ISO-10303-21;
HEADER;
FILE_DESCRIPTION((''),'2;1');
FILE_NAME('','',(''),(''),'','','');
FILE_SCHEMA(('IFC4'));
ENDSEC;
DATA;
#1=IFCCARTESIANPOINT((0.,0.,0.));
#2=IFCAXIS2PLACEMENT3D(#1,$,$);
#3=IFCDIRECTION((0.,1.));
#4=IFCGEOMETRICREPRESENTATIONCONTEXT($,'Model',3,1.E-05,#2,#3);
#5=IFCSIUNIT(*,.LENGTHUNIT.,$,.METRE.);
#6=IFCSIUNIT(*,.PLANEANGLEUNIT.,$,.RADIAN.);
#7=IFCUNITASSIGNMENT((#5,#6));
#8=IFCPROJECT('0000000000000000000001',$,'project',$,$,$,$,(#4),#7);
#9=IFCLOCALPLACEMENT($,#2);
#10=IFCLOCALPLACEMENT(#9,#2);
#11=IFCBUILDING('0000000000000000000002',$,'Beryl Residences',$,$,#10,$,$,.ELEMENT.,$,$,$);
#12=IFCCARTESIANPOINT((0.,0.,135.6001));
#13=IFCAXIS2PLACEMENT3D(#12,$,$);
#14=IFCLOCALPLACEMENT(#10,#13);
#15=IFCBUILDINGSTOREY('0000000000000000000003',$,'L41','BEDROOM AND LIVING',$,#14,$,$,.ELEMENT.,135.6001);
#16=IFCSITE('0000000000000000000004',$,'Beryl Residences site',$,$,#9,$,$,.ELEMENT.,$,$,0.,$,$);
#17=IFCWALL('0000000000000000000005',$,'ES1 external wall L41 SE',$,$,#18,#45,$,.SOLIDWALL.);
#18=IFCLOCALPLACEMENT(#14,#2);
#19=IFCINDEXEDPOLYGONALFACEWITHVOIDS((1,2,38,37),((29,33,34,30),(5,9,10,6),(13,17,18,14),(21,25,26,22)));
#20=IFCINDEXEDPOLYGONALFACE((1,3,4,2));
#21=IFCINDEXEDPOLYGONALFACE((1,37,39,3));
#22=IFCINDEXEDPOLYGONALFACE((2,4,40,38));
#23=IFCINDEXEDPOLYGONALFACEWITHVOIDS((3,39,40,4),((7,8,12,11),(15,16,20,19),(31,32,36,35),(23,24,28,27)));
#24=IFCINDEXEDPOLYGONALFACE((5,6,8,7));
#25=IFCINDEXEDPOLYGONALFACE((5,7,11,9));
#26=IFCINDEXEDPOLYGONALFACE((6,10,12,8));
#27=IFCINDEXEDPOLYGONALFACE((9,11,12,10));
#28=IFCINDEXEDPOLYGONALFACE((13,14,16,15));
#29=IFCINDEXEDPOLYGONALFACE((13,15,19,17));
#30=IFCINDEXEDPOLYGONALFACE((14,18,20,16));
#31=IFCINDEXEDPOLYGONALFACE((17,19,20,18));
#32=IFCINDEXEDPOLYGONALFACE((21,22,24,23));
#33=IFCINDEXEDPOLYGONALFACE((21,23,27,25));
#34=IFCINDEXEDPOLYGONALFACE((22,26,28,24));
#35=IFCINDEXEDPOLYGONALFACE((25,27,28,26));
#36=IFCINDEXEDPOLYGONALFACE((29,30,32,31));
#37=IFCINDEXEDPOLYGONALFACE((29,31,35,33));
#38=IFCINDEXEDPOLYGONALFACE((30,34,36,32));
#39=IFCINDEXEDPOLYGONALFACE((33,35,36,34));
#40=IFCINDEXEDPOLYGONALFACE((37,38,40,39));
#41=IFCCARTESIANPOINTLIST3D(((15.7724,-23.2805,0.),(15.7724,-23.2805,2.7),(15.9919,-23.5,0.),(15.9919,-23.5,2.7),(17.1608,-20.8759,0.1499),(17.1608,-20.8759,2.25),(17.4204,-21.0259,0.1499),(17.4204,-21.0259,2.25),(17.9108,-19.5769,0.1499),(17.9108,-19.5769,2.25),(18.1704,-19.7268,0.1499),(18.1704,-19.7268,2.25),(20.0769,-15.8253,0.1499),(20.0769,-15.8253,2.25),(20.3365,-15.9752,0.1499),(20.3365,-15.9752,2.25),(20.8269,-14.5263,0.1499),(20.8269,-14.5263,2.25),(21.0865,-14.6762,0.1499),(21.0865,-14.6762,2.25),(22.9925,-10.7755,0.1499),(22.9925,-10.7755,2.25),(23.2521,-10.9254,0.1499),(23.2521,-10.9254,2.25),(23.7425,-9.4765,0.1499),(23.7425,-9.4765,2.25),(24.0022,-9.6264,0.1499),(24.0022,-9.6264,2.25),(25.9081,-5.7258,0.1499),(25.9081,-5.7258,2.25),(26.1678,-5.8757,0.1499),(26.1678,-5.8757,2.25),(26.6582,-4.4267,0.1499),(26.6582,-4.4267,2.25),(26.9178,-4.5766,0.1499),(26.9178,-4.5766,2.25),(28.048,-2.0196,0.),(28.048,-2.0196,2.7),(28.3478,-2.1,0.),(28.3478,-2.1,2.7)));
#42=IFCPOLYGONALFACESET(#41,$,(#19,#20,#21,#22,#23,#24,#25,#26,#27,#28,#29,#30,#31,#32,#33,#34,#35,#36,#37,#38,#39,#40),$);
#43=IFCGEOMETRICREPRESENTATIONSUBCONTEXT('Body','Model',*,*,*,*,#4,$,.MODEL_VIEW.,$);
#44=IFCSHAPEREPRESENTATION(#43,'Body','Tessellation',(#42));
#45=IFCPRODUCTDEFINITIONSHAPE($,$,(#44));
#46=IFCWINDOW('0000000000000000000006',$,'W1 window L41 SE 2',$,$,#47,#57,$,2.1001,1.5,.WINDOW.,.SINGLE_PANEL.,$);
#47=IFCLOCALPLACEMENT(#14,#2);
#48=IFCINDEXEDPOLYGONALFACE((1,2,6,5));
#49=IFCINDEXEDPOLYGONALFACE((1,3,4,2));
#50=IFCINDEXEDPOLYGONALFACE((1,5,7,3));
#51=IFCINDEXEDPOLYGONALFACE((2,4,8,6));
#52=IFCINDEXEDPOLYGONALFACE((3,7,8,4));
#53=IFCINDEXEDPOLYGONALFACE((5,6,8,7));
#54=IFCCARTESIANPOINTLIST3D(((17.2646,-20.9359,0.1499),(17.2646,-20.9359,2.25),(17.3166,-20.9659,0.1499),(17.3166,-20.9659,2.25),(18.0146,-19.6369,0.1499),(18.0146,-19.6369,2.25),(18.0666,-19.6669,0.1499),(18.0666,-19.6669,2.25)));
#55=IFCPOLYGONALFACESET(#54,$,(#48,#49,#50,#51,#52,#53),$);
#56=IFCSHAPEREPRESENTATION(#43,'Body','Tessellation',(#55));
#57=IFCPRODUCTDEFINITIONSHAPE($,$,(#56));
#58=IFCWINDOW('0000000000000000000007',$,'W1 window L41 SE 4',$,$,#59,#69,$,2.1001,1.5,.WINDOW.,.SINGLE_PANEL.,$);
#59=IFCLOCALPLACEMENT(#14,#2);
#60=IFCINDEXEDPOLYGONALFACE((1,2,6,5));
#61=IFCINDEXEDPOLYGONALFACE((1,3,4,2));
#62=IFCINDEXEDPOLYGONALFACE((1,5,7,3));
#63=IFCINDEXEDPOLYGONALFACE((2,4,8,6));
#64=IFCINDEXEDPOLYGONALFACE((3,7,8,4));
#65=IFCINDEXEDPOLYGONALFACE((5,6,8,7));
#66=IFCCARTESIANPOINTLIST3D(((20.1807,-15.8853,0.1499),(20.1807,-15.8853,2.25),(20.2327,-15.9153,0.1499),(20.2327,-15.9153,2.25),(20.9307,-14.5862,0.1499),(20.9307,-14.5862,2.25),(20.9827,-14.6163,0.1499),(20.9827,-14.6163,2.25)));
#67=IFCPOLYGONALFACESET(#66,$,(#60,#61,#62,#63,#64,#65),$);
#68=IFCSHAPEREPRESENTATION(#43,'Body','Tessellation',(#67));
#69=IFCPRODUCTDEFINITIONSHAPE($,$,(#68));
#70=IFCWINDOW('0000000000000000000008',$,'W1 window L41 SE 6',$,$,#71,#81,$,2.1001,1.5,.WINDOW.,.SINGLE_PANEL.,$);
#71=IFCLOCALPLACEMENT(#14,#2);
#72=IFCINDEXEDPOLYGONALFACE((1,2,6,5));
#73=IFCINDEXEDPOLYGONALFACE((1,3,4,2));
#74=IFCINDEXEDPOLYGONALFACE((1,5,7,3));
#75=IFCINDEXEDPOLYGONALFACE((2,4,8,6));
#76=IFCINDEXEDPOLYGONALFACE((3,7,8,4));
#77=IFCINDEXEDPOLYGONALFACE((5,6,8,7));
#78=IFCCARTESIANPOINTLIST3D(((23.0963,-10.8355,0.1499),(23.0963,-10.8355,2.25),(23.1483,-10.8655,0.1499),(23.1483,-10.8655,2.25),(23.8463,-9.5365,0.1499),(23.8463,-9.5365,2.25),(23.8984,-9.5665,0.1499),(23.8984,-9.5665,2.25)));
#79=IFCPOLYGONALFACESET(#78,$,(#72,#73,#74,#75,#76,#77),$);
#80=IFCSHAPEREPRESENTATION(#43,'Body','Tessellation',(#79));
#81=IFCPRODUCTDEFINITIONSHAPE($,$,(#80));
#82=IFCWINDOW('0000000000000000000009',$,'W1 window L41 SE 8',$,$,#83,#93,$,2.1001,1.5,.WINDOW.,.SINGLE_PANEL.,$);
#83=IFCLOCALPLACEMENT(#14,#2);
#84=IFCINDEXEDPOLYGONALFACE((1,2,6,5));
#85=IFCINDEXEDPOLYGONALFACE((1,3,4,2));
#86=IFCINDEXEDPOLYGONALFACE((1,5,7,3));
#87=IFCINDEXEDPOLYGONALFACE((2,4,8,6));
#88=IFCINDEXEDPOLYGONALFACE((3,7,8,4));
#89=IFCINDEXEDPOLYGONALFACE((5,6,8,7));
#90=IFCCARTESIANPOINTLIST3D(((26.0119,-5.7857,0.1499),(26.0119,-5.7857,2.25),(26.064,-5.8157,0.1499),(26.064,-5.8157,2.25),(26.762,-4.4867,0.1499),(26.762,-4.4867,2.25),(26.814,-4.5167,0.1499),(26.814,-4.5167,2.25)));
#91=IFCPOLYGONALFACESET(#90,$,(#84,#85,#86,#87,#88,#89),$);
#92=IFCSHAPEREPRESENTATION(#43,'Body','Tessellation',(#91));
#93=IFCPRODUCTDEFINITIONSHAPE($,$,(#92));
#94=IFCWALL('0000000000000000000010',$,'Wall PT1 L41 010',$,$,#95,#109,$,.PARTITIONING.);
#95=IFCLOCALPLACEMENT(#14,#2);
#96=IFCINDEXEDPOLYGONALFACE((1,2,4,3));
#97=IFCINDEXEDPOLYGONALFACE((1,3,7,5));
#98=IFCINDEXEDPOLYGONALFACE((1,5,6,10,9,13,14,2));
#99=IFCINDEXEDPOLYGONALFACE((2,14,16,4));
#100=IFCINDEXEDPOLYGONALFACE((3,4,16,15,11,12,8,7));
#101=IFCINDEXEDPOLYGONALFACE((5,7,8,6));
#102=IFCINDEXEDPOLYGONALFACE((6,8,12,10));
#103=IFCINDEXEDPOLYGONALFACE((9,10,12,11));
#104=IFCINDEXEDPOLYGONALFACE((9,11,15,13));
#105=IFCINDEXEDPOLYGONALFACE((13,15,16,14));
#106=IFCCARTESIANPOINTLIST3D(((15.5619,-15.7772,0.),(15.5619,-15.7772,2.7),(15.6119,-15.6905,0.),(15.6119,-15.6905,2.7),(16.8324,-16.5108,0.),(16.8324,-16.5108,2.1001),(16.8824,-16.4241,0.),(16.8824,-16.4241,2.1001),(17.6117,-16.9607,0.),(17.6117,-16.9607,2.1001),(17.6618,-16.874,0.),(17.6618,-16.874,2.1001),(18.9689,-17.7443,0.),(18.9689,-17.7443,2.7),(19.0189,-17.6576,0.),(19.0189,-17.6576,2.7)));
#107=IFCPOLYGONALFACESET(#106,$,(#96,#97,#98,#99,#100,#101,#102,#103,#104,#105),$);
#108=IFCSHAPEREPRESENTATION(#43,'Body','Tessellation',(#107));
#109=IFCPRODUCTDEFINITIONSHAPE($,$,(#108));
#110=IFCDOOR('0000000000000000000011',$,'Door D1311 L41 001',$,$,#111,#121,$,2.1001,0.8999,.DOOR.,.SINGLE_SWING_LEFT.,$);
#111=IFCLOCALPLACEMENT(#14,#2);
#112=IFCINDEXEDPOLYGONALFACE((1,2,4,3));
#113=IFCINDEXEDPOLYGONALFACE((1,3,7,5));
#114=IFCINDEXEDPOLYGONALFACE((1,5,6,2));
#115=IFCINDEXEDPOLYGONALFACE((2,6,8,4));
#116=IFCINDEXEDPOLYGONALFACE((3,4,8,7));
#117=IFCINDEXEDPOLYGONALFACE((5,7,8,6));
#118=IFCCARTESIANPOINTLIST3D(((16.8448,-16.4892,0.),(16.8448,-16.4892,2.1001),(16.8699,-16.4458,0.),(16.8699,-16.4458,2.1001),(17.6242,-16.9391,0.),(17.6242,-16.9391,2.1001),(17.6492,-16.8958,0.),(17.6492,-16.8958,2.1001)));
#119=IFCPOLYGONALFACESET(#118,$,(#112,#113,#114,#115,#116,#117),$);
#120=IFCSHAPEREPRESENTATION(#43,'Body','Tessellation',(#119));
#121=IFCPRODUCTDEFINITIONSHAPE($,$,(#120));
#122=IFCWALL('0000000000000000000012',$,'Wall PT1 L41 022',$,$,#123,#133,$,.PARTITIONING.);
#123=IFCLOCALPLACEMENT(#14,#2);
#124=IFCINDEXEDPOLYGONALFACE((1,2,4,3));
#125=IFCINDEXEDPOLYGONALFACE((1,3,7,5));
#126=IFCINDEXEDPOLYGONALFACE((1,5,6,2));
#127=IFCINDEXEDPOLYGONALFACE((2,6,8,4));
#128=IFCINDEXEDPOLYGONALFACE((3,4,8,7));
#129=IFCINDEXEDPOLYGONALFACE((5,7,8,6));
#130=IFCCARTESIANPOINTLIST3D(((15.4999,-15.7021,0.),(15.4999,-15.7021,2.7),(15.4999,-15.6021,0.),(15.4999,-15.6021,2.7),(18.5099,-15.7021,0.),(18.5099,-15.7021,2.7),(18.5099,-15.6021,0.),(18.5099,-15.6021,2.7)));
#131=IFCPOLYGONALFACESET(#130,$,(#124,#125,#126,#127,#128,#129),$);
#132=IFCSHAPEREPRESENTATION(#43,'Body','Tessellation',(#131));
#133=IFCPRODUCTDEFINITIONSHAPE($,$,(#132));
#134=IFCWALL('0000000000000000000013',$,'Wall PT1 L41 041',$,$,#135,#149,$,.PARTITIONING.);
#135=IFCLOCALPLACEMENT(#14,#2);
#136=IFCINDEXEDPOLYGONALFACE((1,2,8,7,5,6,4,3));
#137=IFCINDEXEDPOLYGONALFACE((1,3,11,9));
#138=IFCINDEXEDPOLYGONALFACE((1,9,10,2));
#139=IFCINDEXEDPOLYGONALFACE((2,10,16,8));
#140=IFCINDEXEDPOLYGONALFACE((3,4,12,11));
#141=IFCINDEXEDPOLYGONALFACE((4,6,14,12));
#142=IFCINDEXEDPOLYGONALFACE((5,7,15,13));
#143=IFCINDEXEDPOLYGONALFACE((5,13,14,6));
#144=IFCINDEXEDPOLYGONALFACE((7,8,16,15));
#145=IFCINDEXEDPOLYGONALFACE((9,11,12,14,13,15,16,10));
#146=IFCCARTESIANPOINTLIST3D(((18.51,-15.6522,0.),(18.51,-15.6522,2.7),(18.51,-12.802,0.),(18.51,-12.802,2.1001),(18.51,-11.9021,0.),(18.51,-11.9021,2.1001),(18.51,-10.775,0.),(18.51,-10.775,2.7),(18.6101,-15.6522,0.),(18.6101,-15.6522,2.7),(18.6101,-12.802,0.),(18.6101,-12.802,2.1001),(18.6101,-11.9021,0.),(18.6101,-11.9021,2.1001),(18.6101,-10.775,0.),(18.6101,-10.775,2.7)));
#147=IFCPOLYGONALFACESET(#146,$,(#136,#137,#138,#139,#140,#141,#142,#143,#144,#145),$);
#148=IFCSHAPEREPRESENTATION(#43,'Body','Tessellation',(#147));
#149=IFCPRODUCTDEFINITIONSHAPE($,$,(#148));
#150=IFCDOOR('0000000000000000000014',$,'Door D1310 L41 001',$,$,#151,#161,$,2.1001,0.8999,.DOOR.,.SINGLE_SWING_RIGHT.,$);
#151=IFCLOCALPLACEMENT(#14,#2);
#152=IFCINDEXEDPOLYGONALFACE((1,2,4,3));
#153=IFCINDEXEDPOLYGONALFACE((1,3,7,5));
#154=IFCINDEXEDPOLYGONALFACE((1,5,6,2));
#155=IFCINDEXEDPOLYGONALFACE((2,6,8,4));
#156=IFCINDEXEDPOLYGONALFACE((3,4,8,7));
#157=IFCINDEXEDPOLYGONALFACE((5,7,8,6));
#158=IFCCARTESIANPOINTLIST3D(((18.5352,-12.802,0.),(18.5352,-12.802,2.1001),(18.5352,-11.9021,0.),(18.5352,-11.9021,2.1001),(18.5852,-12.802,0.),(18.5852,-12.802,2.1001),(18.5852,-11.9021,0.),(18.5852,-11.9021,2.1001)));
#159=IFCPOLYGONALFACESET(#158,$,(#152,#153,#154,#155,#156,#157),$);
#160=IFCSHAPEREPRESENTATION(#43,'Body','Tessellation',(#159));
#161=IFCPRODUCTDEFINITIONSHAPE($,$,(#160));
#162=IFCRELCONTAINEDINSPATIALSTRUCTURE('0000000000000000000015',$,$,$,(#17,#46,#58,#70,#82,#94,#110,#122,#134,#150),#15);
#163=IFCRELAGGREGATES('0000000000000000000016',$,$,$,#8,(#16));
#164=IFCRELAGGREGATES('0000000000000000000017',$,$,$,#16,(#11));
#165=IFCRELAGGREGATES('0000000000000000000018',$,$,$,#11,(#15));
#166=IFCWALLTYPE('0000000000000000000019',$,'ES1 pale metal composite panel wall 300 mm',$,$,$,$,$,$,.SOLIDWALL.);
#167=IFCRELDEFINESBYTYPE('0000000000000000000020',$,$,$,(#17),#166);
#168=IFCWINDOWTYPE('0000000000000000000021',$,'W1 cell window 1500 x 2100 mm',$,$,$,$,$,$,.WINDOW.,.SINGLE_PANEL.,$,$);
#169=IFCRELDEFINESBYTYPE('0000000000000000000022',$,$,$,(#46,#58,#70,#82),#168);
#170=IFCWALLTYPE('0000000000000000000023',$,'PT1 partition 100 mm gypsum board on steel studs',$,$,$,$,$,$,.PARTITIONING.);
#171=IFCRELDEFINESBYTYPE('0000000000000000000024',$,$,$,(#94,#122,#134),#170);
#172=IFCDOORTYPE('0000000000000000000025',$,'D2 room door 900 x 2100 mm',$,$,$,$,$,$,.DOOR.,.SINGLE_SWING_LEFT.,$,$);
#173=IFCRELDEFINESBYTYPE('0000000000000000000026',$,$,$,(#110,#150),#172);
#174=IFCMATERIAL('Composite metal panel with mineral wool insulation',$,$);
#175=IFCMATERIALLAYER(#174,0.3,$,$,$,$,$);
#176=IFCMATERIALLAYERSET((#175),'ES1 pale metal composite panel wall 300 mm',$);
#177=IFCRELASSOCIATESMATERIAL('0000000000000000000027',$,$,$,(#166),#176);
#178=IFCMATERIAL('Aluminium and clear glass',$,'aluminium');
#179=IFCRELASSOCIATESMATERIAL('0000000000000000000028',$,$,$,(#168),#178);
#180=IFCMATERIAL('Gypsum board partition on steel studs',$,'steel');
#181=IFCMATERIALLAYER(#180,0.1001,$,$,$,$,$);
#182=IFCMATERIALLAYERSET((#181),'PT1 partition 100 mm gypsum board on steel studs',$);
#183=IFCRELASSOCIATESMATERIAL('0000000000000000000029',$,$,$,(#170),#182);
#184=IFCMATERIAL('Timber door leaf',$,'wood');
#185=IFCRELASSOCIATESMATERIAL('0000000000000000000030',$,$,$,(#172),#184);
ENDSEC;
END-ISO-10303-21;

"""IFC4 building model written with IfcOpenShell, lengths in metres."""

from ifc_helpers import new_model, si_unit, direction, frame, frame_2d, origin, place, context, subcontext, project, spatial, polyline, rectangle, outline, extrude, material, layer, layer_set, type_object, element, fill, save


model = new_model("IFC4")

# Units and contexts
model_context = context("Model", 3, precision=1e-05, world=origin(), true_north=direction((0.0, 1.0)))
body_context = subcontext(model_context, "Body", "Model", "MODEL_VIEW")
ifc_project = project(units=[si_unit("LENGTHUNIT", "METRE"), si_unit("PLANEANGLEUNIT", "RADIAN")], contexts=[model_context])

# Site, building, storey
site_placement = place(None, origin())
site = spatial("IfcSite", under=ifc_project, at=site_placement, Name="Beryl Residences site", CompositionType="ELEMENT", RefElevation=0.0)
building_placement = place(site_placement, origin())
building = spatial("IfcBuilding", under=site, at=building_placement, Name="Beryl Residences", CompositionType="ELEMENT")
storey_placement = place(building_placement, frame((0.0, 0.0, 135.6001)))
storey = spatial("IfcBuildingStorey", under=building, at=storey_placement, Name="L41", Description="BEDROOM AND LIVING", CompositionType="ELEMENT", Elevation=135.6001)

# Shared definitions
ifc_material_1 = material(Name="Composite metal panel with mineral wool insulation")
ifc_layer_1 = layer(ifc_material_1, 0.3)
ifc_layer_set_1 = layer_set([ifc_layer_1], Name="ES1 pale metal composite panel wall 300 mm")
wall_type_1 = type_object("IfcWallType", Name="ES1 pale metal composite panel wall 300 mm", PredefinedType="SOLIDWALL", material=ifc_layer_set_1)

# Wall, openings, windows
wall_1_placement = place(storey_placement, frame((15.8621, -23.425, 0.0), z_axis=(0.0, 0.0, 1.0), x_axis=(0.500018, 0.866015, 0.0)))
wall_1 = element("IfcWall", 1, at=wall_1_placement, inside=storey, type_object=wall_type_1, Name="ES1 external wall L41 SE", PredefinedType="SOLIDWALL", context=body_context, shape_type="SweptSolid", body=[
    extrude(outline(polyline([(0.0, -0.1499), (24.7109, -0.1499), (24.6306, 0.1499), (0.0803, 0.1499), (0.0, -0.1499)])), origin(), (0.0, 0.0, 1.0), 2.7),
])
opening_1_placement = place(wall_1_placement, frame((2.8569, 0.0, 0.1499)))
opening_1 = element("IfcOpeningElement", 2, at=opening_1_placement, cuts=wall_1, PredefinedType="OPENING", context=body_context, shape_type="SweptSolid", body=[
    extrude(rectangle(XDim=1.5, YDim=2.1001, at=frame_2d((0.75, 1.05))), frame((0.0, 0.1599, 0.0), z_axis=(0.0, -1.0, 0.0), x_axis=(1.0, 0.0, 0.0)), (0.0, 0.0, 1.0), 0.3201),
])
opening_2_placement = place(wall_1_placement, frame((8.689, 0.0, 0.1499)))
opening_2 = element("IfcOpeningElement", 3, at=opening_2_placement, cuts=wall_1, PredefinedType="OPENING", context=body_context, shape_type="SweptSolid", body=[
    extrude(rectangle(XDim=1.5, YDim=2.1001, at=frame_2d((0.75, 1.05))), frame((0.0, 0.1599, 0.0), z_axis=(0.0, -1.0, 0.0), x_axis=(1.0, 0.0, 0.0)), (0.0, 0.0, 1.0), 0.3201),
])
opening_3_placement = place(wall_1_placement, frame((14.52, 0.0, 0.1499)))
opening_3 = element("IfcOpeningElement", 4, at=opening_3_placement, cuts=wall_1, PredefinedType="OPENING", context=body_context, shape_type="SweptSolid", body=[
    extrude(rectangle(XDim=1.5, YDim=2.1001, at=frame_2d((0.75, 1.05))), frame((0.0, 0.1599, 0.0), z_axis=(0.0, -1.0, 0.0), x_axis=(1.0, 0.0, 0.0)), (0.0, 0.0, 1.0), 0.3201),
])
opening_4_placement = place(wall_1_placement, frame((20.3511, 0.0, 0.1499)))
opening_4 = element("IfcOpeningElement", 5, at=opening_4_placement, cuts=wall_1, PredefinedType="OPENING", context=body_context, shape_type="SweptSolid", body=[
    extrude(rectangle(XDim=1.5, YDim=2.1001, at=frame_2d((0.75, 1.05))), frame((0.0, 0.1599, 0.0), z_axis=(0.0, -1.0, 0.0), x_axis=(1.0, 0.0, 0.0)), (0.0, 0.0, 1.0), 0.3201),
])
ifc_material_2 = material(Name="Aluminium and clear glass", Category="aluminium")
window_type_1 = type_object("IfcWindowType", Name="W1 cell window 1500 x 2100 mm", PartitioningType="SINGLE_PANEL", PredefinedType="WINDOW", material=ifc_material_2)
window_1_placement = place(opening_1_placement, origin())
window_1 = element("IfcWindow", 6, at=window_1_placement, inside=storey, type_object=window_type_1, Name="W1 window L41 SE 2", OverallHeight=2.1001, OverallWidth=1.5, PartitioningType="SINGLE_PANEL", PredefinedType="WINDOW", context=body_context, shape_type="SweptSolid", body=[
    extrude(rectangle(XDim=1.5, YDim=2.1001, at=frame_2d((0.75, 1.05))), frame((0.0, 0.03, 0.0), z_axis=(0.0, -1.0, 0.0), x_axis=(1.0, 0.0, 0.0)), (0.0, 0.0, 1.0), 0.0601),
])
fill(opening_1, window_1)
window_2_placement = place(opening_2_placement, origin())
window_2 = element("IfcWindow", 7, at=window_2_placement, inside=storey, type_object=window_type_1, Name="W1 window L41 SE 4", OverallHeight=2.1001, OverallWidth=1.5, PartitioningType="SINGLE_PANEL", PredefinedType="WINDOW", context=body_context, shape_type="SweptSolid", body=[
    extrude(rectangle(XDim=1.5, YDim=2.1001, at=frame_2d((0.75, 1.05))), frame((0.0, 0.03, 0.0), z_axis=(0.0, -1.0, 0.0), x_axis=(1.0, 0.0, 0.0)), (0.0, 0.0, 1.0), 0.0601),
])
fill(opening_2, window_2)
window_3_placement = place(opening_3_placement, origin())
window_3 = element("IfcWindow", 8, at=window_3_placement, inside=storey, type_object=window_type_1, Name="W1 window L41 SE 6", OverallHeight=2.1001, OverallWidth=1.5, PartitioningType="SINGLE_PANEL", PredefinedType="WINDOW", context=body_context, shape_type="SweptSolid", body=[
    extrude(rectangle(XDim=1.5, YDim=2.1001, at=frame_2d((0.75, 1.05))), frame((0.0, 0.03, 0.0), z_axis=(0.0, -1.0, 0.0), x_axis=(1.0, 0.0, 0.0)), (0.0, 0.0, 1.0), 0.0601),
])
fill(opening_3, window_3)
window_4_placement = place(opening_4_placement, origin())
window_4 = element("IfcWindow", 9, at=window_4_placement, inside=storey, type_object=window_type_1, Name="W1 window L41 SE 8", OverallHeight=2.1001, OverallWidth=1.5, PartitioningType="SINGLE_PANEL", PredefinedType="WINDOW", context=body_context, shape_type="SweptSolid", body=[
    extrude(rectangle(XDim=1.5, YDim=2.1001, at=frame_2d((0.75, 1.05))), frame((0.0, 0.03, 0.0), z_axis=(0.0, -1.0, 0.0), x_axis=(1.0, 0.0, 0.0)), (0.0, 0.0, 1.0), 0.0601),
])
fill(opening_4, window_4)

# Wall, opening, door
ifc_material_3 = material(Name="Gypsum board partition on steel studs", Category="steel")
ifc_layer_2 = layer(ifc_material_3, 0.1001)
ifc_layer_set_2 = layer_set([ifc_layer_2], Name="PT1 partition 100 mm gypsum board on steel studs")
wall_type_2 = type_object("IfcWallType", Name="PT1 partition 100 mm gypsum board on steel studs", PredefinedType="PARTITIONING", material=ifc_layer_set_2)
wall_2_placement = place(storey_placement, frame((15.5869, -15.7339, 0.0), z_axis=(0.0, 0.0, 1.0), x_axis=(0.866023, -0.500004, 0.0)))
wall_2 = element("IfcWall", 10, at=wall_2_placement, inside=storey, type_object=wall_type_2, Name="Wall PT1 L41 010", PredefinedType="PARTITIONING", context=body_context, shape_type="SweptSolid", body=[
    extrude(rectangle(XDim=3.9341, YDim=0.1001, at=frame_2d((1.967, 0.0))), origin(), (0.0, 0.0, 1.0), 2.7),
])
opening_5_placement = place(wall_2_placement, frame((1.467, 0.0, 0.0)))
opening_5 = element("IfcOpeningElement", 11, at=opening_5_placement, cuts=wall_2, PredefinedType="OPENING", context=body_context, shape_type="SweptSolid", body=[
    extrude(rectangle(XDim=0.8999, YDim=2.1001, at=frame_2d((0.45, 1.05))), frame((0.0, 0.0601, 0.0), z_axis=(0.0, -1.0, 0.0), x_axis=(1.0, 0.0, 0.0)), (0.0, 0.0, 1.0), 0.1201),
])
ifc_material_4 = material(Name="Timber door leaf", Category="wood")
door_type_1 = type_object("IfcDoorType", Name="D2 room door 900 x 2100 mm", OperationType="SINGLE_SWING_LEFT", PredefinedType="DOOR", material=ifc_material_4)
door_1_placement = place(opening_5_placement, origin())
door_1 = element("IfcDoor", 12, at=door_1_placement, inside=storey, type_object=door_type_1, Name="Door D1311 L41 001", OperationType="SINGLE_SWING_LEFT", OverallHeight=2.1001, OverallWidth=0.8999, PredefinedType="DOOR", context=body_context, shape_type="SweptSolid", body=[
    extrude(rectangle(XDim=0.8999, YDim=2.1001, at=frame_2d((0.45, 1.05))), frame((0.0, 0.0249, 0.0), z_axis=(0.0, -1.0, 0.0), x_axis=(1.0, 0.0, 0.0)), (0.0, 0.0, 1.0), 0.05),
])
fill(opening_5, door_1)

# Wall
wall_3_placement = place(storey_placement, frame((15.5, -15.6521, 0.0), z_axis=(0.0, 0.0, 1.0), x_axis=(1.0, 0.0, 0.0)))
element("IfcWall", 13, at=wall_3_placement, inside=storey, type_object=wall_type_2, Name="Wall PT1 L41 022", PredefinedType="PARTITIONING", context=body_context, shape_type="SweptSolid", body=[
    extrude(rectangle(XDim=3.01, YDim=0.1001, at=frame_2d((1.5049, 0.0))), origin(), (0.0, 0.0, 1.0), 2.7),
])

# Wall, opening, door
wall_4_placement = place(storey_placement, frame((18.5601, -15.6521, 0.0), z_axis=(0.0, 0.0, 1.0), x_axis=(0.0, 1.0, 0.0)))
wall_4 = element("IfcWall", 14, at=wall_4_placement, inside=storey, type_object=wall_type_2, Name="Wall PT1 L41 041", PredefinedType="PARTITIONING", context=body_context, shape_type="SweptSolid", body=[
    extrude(rectangle(XDim=4.8772, YDim=0.1001, at=frame_2d((2.4385, 0.0))), origin(), (0.0, 0.0, 1.0), 2.7),
])
opening_6_placement = place(wall_4_placement, frame((2.8501, 0.0, 0.0)))
opening_6 = element("IfcOpeningElement", 15, at=opening_6_placement, cuts=wall_4, PredefinedType="OPENING", context=body_context, shape_type="SweptSolid", body=[
    extrude(rectangle(XDim=0.8999, YDim=2.1001, at=frame_2d((0.45, 1.05))), frame((0.0, 0.0601, 0.0), z_axis=(0.0, -1.0, 0.0), x_axis=(1.0, 0.0, 0.0)), (0.0, 0.0, 1.0), 0.1201),
])
door_2_placement = place(opening_6_placement, origin())
door_2 = element("IfcDoor", 16, at=door_2_placement, inside=storey, type_object=door_type_1, Name="Door D1310 L41 001", OperationType="SINGLE_SWING_RIGHT", OverallHeight=2.1001, OverallWidth=0.8999, PredefinedType="DOOR", context=body_context, shape_type="SweptSolid", body=[
    extrude(rectangle(XDim=0.8999, YDim=2.1001, at=frame_2d((0.45, 1.05))), frame((0.0, 0.0249, 0.0), z_axis=(0.0, -1.0, 0.0), x_axis=(1.0, 0.0, 0.0)), (0.0, 0.0, 1.0), 0.05),
])
fill(opening_6, door_2)

save(model, "model.ifc")
